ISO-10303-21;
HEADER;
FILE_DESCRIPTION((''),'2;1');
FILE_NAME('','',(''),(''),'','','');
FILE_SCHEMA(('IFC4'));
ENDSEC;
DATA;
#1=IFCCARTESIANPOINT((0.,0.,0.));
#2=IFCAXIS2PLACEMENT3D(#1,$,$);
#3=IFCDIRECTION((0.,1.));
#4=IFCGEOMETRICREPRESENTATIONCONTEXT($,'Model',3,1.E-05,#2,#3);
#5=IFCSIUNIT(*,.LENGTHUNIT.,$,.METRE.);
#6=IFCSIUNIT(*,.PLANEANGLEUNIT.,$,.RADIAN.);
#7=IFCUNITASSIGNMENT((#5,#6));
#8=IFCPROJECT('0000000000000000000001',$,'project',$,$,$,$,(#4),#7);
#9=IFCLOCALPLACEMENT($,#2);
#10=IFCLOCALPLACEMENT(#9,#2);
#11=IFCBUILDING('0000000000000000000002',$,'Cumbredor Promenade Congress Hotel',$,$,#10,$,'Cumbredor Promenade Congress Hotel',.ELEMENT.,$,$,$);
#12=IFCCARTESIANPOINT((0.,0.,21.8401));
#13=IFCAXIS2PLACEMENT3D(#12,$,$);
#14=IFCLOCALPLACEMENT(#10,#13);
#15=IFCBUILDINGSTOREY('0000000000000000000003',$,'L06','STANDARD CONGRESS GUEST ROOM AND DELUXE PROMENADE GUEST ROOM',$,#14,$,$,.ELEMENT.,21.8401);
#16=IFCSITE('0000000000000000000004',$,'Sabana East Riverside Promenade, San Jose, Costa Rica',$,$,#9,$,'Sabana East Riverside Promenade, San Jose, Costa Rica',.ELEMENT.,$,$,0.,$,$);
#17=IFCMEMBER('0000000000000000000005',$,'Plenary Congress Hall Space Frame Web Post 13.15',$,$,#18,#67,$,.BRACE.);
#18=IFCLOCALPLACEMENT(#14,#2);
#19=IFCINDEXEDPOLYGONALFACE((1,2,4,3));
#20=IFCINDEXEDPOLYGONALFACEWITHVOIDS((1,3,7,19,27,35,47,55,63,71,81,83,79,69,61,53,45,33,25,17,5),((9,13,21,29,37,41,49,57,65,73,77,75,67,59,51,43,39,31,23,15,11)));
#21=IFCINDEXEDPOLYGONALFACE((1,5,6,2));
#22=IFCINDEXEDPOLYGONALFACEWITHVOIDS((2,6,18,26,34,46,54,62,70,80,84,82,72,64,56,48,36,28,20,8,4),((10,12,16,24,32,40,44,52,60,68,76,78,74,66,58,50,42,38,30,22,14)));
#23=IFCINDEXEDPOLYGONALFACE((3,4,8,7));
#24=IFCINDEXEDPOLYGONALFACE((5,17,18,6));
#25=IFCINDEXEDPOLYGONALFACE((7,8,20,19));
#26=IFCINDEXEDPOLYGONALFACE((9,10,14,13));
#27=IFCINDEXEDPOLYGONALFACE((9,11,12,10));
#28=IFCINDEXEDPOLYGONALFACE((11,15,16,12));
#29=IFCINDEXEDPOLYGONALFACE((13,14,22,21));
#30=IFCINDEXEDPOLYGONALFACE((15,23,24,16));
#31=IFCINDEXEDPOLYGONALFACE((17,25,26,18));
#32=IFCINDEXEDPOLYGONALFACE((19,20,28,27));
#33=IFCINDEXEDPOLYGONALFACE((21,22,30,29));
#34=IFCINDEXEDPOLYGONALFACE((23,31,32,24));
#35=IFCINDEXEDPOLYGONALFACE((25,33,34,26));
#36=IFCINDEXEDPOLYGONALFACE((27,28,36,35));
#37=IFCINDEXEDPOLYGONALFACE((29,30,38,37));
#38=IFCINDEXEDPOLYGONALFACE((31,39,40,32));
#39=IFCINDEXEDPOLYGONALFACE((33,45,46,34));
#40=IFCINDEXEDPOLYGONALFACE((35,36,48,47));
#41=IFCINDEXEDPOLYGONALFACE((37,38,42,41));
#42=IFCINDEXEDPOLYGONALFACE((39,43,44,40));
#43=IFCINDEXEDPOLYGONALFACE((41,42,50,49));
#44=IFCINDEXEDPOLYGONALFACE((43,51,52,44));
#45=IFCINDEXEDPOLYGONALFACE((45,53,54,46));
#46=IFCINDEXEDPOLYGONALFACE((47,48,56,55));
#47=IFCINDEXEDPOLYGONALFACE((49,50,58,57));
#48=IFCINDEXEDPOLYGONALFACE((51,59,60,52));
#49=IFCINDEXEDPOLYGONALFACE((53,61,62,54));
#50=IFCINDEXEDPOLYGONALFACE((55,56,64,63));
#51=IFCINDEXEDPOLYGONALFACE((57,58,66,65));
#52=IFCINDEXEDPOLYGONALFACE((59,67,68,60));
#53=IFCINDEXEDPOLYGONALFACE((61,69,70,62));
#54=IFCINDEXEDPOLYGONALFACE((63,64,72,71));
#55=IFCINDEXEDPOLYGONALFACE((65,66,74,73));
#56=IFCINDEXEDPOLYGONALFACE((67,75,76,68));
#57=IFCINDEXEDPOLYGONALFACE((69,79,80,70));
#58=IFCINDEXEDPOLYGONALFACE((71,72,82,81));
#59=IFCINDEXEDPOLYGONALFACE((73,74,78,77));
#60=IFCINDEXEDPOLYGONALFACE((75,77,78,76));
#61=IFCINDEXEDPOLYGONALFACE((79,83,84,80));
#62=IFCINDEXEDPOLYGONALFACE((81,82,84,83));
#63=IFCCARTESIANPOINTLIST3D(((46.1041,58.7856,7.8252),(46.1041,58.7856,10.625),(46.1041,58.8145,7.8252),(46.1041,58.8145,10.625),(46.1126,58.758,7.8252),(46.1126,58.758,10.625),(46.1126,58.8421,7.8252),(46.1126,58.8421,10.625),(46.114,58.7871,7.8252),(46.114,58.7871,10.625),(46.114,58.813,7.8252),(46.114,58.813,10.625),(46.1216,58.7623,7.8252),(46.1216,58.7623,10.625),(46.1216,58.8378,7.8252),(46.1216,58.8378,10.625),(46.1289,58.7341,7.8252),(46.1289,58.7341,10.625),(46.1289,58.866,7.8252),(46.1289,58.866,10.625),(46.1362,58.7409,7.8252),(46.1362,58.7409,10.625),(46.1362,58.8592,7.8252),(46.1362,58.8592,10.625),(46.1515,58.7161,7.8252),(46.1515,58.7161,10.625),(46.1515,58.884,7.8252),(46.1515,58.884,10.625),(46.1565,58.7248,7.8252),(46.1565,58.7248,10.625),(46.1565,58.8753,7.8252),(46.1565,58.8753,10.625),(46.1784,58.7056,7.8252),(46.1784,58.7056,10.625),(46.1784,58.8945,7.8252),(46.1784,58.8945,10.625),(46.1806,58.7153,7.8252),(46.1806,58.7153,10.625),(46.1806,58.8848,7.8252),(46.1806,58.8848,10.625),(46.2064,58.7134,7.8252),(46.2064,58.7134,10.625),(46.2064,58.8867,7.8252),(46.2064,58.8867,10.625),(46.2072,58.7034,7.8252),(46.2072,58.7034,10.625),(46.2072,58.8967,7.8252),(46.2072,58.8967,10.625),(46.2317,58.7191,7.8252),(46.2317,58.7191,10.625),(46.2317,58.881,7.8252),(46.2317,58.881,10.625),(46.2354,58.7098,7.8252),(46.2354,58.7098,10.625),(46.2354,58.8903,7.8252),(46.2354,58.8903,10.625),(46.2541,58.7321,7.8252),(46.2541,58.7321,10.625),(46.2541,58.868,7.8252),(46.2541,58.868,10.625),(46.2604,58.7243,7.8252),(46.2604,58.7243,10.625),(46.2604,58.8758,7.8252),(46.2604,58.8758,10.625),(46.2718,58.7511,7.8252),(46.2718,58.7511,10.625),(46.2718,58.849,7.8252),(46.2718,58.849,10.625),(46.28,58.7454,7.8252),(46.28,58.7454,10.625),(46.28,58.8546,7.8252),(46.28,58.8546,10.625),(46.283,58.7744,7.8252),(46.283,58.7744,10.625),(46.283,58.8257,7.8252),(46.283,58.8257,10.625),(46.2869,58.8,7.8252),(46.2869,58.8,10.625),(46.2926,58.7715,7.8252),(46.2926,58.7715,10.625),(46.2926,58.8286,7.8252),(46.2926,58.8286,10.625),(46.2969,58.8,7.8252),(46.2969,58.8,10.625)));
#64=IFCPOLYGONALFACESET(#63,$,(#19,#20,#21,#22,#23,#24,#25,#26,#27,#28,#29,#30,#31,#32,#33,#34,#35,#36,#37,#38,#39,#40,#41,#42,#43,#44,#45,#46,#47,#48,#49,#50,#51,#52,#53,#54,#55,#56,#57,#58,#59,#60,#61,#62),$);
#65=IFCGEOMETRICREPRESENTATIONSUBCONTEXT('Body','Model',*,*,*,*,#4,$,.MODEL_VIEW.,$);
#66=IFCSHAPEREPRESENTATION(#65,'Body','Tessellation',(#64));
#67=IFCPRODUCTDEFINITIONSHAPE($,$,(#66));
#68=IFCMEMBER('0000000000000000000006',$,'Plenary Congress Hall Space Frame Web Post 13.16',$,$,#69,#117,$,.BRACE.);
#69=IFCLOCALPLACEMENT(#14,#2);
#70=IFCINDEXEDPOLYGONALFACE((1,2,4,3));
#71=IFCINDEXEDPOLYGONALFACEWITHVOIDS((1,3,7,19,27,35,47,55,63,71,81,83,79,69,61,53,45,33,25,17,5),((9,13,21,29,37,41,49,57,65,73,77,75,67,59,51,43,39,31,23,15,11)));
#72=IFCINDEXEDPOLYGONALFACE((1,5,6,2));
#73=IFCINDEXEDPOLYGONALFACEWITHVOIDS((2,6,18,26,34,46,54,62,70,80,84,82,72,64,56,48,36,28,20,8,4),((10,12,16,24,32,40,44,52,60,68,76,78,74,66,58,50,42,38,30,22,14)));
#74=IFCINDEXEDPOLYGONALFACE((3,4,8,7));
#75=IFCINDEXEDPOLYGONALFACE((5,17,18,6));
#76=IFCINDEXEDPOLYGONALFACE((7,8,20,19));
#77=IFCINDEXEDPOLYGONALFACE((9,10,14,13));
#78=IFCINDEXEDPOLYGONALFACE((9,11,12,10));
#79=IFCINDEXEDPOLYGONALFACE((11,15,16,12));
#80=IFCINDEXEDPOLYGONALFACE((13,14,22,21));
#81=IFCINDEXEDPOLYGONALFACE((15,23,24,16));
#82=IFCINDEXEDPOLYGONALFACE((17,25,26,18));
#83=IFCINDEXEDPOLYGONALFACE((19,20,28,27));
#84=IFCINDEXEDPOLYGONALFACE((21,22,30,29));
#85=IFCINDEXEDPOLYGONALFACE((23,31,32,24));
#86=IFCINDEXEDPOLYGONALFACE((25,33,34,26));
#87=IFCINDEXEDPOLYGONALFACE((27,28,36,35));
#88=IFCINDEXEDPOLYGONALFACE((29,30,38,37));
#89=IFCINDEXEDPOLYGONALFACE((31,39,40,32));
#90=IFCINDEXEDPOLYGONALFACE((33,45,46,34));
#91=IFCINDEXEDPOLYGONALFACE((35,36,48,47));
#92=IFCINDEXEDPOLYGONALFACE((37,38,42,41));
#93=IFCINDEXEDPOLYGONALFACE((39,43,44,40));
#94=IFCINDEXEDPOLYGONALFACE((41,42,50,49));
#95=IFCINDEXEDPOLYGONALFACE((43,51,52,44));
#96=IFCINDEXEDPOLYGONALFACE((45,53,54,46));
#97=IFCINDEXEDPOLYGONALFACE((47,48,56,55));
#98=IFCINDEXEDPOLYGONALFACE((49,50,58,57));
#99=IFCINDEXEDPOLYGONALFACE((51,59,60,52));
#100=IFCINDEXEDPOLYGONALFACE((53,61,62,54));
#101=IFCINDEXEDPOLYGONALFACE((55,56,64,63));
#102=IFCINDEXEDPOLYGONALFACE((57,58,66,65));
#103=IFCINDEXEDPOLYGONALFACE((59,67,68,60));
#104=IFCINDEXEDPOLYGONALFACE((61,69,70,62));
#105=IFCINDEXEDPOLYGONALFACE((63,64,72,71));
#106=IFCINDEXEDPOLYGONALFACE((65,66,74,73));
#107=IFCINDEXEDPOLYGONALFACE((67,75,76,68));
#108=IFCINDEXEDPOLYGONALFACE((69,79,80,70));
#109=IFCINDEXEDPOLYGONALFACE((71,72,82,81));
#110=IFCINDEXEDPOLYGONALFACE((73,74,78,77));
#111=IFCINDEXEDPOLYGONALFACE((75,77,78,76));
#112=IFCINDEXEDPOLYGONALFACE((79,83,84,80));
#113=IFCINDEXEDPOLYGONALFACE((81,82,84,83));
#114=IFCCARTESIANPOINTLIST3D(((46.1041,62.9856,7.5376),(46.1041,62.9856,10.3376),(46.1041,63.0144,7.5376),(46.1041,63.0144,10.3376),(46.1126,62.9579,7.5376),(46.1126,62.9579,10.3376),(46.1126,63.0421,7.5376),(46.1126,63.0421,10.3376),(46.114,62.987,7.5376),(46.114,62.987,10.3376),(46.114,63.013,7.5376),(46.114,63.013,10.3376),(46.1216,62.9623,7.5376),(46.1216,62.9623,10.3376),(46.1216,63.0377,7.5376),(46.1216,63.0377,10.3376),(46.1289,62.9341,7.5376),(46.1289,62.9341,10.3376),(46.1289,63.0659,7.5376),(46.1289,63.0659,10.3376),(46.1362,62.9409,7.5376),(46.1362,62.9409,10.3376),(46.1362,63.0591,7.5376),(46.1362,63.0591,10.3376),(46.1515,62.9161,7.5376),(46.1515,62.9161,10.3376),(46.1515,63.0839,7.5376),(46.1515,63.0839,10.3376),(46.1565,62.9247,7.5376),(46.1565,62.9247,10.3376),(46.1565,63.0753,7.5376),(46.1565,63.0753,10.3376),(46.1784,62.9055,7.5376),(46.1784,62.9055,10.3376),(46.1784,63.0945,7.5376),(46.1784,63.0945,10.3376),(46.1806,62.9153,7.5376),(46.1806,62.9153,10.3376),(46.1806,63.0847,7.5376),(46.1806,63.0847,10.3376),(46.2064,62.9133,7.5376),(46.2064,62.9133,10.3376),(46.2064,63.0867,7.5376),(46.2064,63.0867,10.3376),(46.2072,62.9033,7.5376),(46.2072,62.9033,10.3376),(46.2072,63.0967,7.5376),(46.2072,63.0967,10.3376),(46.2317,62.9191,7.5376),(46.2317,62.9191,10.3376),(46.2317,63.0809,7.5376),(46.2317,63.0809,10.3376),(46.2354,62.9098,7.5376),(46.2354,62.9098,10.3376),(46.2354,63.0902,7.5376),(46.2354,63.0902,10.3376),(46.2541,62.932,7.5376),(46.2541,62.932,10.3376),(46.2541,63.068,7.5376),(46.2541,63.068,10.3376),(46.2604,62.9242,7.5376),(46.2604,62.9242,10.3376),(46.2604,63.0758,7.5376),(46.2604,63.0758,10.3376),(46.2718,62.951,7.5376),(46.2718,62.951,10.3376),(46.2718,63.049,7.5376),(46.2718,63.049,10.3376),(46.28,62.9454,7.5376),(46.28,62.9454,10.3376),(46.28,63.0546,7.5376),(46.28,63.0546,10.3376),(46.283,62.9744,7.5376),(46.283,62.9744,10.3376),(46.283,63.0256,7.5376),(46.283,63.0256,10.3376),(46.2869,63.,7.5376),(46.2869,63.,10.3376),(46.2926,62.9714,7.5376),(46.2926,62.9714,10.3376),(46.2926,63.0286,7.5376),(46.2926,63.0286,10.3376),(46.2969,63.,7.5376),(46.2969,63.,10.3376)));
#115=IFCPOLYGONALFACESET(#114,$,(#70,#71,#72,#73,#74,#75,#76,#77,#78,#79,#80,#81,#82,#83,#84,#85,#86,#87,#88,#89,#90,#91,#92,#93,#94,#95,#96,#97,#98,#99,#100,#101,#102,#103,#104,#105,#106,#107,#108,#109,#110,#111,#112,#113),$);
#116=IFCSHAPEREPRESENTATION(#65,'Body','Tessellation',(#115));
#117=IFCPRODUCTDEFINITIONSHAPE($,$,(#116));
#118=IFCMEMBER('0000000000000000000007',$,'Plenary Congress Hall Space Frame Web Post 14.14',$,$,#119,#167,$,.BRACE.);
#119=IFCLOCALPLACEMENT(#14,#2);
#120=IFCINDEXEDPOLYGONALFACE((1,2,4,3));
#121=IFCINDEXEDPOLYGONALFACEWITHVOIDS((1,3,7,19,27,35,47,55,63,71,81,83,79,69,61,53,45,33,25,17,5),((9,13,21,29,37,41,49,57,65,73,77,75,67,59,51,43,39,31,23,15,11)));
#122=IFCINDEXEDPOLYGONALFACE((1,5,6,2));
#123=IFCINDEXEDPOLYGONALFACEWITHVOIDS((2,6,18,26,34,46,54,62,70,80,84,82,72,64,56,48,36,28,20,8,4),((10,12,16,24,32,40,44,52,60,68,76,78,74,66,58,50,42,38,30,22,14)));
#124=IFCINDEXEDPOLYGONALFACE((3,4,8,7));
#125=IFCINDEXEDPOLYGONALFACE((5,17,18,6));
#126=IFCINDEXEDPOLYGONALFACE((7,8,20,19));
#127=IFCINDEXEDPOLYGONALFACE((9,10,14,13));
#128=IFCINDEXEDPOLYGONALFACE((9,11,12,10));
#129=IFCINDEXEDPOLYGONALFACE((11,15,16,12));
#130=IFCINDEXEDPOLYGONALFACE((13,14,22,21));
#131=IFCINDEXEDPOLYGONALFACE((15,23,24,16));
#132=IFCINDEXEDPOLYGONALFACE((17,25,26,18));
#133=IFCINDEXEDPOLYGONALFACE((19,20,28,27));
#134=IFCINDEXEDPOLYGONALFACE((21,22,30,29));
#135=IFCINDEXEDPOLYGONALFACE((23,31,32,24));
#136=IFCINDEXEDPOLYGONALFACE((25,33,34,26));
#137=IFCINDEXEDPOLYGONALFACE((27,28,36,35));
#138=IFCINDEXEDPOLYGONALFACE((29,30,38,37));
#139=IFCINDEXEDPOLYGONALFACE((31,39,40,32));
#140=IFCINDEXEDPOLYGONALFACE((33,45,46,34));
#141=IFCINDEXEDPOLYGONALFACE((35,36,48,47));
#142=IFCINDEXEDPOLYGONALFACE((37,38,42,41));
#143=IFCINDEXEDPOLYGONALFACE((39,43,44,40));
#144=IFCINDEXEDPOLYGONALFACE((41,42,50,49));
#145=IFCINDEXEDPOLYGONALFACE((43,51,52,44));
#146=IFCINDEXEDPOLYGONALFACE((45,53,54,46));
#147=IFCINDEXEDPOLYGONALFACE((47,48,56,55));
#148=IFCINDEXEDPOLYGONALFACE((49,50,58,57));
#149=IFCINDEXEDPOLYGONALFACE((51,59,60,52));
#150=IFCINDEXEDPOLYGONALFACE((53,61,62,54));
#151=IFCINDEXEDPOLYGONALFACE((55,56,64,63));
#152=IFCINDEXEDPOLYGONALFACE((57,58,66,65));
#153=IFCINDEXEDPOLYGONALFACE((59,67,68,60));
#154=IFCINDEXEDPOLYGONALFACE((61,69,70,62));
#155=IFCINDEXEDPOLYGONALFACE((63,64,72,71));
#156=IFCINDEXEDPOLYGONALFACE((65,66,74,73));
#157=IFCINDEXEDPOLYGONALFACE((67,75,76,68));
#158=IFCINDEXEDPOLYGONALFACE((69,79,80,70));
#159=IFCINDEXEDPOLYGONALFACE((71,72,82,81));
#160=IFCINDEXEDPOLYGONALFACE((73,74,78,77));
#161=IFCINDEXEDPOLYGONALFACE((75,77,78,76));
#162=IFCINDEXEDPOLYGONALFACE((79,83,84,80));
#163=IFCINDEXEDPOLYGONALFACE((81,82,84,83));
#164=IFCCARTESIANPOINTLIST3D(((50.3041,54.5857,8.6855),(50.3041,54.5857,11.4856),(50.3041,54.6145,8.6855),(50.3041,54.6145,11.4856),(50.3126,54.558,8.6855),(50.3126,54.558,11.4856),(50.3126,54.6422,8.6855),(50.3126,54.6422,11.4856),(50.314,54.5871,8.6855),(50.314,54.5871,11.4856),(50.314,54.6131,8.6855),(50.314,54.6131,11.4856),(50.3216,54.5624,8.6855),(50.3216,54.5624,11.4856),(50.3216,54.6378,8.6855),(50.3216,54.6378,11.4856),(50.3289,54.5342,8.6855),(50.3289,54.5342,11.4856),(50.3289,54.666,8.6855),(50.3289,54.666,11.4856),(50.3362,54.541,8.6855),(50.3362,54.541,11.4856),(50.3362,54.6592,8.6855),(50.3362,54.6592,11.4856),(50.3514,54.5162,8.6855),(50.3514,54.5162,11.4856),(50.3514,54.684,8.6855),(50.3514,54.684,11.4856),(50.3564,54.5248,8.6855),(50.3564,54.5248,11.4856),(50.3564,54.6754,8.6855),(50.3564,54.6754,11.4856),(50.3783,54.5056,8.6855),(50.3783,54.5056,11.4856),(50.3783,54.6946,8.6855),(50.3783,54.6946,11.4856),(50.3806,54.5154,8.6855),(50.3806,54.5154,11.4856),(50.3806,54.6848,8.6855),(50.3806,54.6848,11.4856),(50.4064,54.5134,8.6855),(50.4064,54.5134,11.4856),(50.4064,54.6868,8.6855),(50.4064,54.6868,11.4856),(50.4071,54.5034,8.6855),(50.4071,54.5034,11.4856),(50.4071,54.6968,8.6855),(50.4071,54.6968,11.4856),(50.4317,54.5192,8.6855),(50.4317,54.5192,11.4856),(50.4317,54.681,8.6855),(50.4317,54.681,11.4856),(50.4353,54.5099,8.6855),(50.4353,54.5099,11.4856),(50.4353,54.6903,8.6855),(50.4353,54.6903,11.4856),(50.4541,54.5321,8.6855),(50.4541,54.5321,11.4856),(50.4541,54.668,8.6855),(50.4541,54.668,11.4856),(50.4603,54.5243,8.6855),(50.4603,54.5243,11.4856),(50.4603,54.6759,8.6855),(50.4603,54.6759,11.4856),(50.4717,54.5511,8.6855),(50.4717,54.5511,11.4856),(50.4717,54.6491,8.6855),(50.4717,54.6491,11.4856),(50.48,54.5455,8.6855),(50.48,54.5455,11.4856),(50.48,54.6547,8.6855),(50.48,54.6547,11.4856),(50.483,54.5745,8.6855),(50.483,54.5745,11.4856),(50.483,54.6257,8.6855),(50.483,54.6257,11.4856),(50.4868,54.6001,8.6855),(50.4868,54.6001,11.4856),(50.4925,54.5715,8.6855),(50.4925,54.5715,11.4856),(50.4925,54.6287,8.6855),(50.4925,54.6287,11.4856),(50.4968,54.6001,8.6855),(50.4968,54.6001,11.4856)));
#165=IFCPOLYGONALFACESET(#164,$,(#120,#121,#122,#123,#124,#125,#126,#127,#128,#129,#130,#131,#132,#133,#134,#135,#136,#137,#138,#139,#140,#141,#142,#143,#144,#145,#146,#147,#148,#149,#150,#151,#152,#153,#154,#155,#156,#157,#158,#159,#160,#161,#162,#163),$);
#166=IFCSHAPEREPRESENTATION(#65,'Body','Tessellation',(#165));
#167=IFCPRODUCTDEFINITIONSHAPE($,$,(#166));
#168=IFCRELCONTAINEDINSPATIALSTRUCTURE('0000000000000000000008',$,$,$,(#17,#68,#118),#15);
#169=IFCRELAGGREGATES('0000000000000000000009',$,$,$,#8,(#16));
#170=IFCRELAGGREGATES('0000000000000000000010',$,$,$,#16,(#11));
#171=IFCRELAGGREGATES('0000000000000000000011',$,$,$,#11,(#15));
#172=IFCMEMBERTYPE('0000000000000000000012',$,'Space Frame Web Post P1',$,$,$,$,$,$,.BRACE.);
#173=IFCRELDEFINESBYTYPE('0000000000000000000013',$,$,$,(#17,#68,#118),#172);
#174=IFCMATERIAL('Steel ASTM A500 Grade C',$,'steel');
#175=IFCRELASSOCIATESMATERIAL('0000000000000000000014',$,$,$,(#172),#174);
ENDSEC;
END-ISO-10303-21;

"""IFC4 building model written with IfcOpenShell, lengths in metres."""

from ifc_helpers import new_model, si_unit, direction, frame, origin, origin_2d, place, context, subcontext, project, spatial, hollow_circle, extrude, material, material_profile, profile_set, type_object, element, save


model = new_model("IFC4")

# Units and contexts
model_context = context("Model", 3, precision=1e-05, world=origin(), true_north=direction((0.0, 1.0)))
body_context = subcontext(model_context, "Body", "Model", "MODEL_VIEW")
ifc_project = project(units=[si_unit("LENGTHUNIT", "METRE"), si_unit("PLANEANGLEUNIT", "RADIAN")], contexts=[model_context])

# Site, building, storey
site_placement = place(None, origin())
site = spatial("IfcSite", under=ifc_project, at=site_placement, Name="Sabana East Riverside Promenade, San Jose, Costa Rica", LongName="Sabana East Riverside Promenade, San Jose, Costa Rica", CompositionType="ELEMENT", RefElevation=0.0)
building_placement = place(site_placement, origin())
building = spatial("IfcBuilding", under=site, at=building_placement, Name="Cumbredor Promenade Congress Hotel", LongName="Cumbredor Promenade Congress Hotel", CompositionType="ELEMENT")
storey_placement = place(building_placement, frame((0.0, 0.0, 21.8401)))
storey = spatial("IfcBuildingStorey", under=building, at=storey_placement, Name="L06", Description="STANDARD CONGRESS GUEST ROOM AND DELUXE PROMENADE GUEST ROOM", CompositionType="ELEMENT", Elevation=21.8401)

# Members
ifc_material_1 = material(Name="Steel ASTM A500 Grade C", Category="steel")
ifc_material_profile_1 = material_profile(ifc_material_1, hollow_circle(Radius=0.0969, WallThickness=0.01, at=origin_2d()), Name="CHS 193.7x10")
ifc_profile_set_1 = profile_set([ifc_material_profile_1], Name="Steel ASTM A500 Grade C")
member_type_1 = type_object("IfcMemberType", Name="Space Frame Web Post P1", PredefinedType="BRACE", material=ifc_profile_set_1)
member_1_placement = place(storey_placement, frame((46.2, 58.8, 7.8252), z_axis=(0.0, 0.0, 1.0), x_axis=(1.0, 0.0, 0.0)))
element("IfcMember", 1, at=member_1_placement, inside=storey, type_object=member_type_1, Name="Plenary Congress Hall Space Frame Web Post 13.15", PredefinedType="BRACE", context=body_context, shape_type="SweptSolid", body=[
    extrude(hollow_circle(Radius=0.0969, WallThickness=0.01, at=origin_2d()), origin(), (0.0, 0.0, 1.0), 2.7998),
])
for number, where, z_axis, x_axis, name in (
    (2, (46.2, 63.0, 7.5376), (0.0, 0.0, 1.0), (1.0, 0.0, 0.0), "Plenary Congress Hall Space Frame Web Post 13.16"),
    (3, (50.3999, 54.6001, 8.6855), (0.0, 0.0, 1.0), (1.0, 0.0, 0.0), "Plenary Congress Hall Space Frame Web Post 14.14"),
):
    element("IfcMember", number, at=place(storey_placement, frame(where, z_axis=z_axis, x_axis=x_axis)), inside=storey, type_object=member_type_1, Name=name, PredefinedType="BRACE", context=body_context, shape_type="SweptSolid", body=[
        extrude(hollow_circle(Radius=0.0969, WallThickness=0.01, at=origin_2d()), origin(), (0.0, 0.0, 1.0), 2.8),
    ])

save(model, "model.ifc")
